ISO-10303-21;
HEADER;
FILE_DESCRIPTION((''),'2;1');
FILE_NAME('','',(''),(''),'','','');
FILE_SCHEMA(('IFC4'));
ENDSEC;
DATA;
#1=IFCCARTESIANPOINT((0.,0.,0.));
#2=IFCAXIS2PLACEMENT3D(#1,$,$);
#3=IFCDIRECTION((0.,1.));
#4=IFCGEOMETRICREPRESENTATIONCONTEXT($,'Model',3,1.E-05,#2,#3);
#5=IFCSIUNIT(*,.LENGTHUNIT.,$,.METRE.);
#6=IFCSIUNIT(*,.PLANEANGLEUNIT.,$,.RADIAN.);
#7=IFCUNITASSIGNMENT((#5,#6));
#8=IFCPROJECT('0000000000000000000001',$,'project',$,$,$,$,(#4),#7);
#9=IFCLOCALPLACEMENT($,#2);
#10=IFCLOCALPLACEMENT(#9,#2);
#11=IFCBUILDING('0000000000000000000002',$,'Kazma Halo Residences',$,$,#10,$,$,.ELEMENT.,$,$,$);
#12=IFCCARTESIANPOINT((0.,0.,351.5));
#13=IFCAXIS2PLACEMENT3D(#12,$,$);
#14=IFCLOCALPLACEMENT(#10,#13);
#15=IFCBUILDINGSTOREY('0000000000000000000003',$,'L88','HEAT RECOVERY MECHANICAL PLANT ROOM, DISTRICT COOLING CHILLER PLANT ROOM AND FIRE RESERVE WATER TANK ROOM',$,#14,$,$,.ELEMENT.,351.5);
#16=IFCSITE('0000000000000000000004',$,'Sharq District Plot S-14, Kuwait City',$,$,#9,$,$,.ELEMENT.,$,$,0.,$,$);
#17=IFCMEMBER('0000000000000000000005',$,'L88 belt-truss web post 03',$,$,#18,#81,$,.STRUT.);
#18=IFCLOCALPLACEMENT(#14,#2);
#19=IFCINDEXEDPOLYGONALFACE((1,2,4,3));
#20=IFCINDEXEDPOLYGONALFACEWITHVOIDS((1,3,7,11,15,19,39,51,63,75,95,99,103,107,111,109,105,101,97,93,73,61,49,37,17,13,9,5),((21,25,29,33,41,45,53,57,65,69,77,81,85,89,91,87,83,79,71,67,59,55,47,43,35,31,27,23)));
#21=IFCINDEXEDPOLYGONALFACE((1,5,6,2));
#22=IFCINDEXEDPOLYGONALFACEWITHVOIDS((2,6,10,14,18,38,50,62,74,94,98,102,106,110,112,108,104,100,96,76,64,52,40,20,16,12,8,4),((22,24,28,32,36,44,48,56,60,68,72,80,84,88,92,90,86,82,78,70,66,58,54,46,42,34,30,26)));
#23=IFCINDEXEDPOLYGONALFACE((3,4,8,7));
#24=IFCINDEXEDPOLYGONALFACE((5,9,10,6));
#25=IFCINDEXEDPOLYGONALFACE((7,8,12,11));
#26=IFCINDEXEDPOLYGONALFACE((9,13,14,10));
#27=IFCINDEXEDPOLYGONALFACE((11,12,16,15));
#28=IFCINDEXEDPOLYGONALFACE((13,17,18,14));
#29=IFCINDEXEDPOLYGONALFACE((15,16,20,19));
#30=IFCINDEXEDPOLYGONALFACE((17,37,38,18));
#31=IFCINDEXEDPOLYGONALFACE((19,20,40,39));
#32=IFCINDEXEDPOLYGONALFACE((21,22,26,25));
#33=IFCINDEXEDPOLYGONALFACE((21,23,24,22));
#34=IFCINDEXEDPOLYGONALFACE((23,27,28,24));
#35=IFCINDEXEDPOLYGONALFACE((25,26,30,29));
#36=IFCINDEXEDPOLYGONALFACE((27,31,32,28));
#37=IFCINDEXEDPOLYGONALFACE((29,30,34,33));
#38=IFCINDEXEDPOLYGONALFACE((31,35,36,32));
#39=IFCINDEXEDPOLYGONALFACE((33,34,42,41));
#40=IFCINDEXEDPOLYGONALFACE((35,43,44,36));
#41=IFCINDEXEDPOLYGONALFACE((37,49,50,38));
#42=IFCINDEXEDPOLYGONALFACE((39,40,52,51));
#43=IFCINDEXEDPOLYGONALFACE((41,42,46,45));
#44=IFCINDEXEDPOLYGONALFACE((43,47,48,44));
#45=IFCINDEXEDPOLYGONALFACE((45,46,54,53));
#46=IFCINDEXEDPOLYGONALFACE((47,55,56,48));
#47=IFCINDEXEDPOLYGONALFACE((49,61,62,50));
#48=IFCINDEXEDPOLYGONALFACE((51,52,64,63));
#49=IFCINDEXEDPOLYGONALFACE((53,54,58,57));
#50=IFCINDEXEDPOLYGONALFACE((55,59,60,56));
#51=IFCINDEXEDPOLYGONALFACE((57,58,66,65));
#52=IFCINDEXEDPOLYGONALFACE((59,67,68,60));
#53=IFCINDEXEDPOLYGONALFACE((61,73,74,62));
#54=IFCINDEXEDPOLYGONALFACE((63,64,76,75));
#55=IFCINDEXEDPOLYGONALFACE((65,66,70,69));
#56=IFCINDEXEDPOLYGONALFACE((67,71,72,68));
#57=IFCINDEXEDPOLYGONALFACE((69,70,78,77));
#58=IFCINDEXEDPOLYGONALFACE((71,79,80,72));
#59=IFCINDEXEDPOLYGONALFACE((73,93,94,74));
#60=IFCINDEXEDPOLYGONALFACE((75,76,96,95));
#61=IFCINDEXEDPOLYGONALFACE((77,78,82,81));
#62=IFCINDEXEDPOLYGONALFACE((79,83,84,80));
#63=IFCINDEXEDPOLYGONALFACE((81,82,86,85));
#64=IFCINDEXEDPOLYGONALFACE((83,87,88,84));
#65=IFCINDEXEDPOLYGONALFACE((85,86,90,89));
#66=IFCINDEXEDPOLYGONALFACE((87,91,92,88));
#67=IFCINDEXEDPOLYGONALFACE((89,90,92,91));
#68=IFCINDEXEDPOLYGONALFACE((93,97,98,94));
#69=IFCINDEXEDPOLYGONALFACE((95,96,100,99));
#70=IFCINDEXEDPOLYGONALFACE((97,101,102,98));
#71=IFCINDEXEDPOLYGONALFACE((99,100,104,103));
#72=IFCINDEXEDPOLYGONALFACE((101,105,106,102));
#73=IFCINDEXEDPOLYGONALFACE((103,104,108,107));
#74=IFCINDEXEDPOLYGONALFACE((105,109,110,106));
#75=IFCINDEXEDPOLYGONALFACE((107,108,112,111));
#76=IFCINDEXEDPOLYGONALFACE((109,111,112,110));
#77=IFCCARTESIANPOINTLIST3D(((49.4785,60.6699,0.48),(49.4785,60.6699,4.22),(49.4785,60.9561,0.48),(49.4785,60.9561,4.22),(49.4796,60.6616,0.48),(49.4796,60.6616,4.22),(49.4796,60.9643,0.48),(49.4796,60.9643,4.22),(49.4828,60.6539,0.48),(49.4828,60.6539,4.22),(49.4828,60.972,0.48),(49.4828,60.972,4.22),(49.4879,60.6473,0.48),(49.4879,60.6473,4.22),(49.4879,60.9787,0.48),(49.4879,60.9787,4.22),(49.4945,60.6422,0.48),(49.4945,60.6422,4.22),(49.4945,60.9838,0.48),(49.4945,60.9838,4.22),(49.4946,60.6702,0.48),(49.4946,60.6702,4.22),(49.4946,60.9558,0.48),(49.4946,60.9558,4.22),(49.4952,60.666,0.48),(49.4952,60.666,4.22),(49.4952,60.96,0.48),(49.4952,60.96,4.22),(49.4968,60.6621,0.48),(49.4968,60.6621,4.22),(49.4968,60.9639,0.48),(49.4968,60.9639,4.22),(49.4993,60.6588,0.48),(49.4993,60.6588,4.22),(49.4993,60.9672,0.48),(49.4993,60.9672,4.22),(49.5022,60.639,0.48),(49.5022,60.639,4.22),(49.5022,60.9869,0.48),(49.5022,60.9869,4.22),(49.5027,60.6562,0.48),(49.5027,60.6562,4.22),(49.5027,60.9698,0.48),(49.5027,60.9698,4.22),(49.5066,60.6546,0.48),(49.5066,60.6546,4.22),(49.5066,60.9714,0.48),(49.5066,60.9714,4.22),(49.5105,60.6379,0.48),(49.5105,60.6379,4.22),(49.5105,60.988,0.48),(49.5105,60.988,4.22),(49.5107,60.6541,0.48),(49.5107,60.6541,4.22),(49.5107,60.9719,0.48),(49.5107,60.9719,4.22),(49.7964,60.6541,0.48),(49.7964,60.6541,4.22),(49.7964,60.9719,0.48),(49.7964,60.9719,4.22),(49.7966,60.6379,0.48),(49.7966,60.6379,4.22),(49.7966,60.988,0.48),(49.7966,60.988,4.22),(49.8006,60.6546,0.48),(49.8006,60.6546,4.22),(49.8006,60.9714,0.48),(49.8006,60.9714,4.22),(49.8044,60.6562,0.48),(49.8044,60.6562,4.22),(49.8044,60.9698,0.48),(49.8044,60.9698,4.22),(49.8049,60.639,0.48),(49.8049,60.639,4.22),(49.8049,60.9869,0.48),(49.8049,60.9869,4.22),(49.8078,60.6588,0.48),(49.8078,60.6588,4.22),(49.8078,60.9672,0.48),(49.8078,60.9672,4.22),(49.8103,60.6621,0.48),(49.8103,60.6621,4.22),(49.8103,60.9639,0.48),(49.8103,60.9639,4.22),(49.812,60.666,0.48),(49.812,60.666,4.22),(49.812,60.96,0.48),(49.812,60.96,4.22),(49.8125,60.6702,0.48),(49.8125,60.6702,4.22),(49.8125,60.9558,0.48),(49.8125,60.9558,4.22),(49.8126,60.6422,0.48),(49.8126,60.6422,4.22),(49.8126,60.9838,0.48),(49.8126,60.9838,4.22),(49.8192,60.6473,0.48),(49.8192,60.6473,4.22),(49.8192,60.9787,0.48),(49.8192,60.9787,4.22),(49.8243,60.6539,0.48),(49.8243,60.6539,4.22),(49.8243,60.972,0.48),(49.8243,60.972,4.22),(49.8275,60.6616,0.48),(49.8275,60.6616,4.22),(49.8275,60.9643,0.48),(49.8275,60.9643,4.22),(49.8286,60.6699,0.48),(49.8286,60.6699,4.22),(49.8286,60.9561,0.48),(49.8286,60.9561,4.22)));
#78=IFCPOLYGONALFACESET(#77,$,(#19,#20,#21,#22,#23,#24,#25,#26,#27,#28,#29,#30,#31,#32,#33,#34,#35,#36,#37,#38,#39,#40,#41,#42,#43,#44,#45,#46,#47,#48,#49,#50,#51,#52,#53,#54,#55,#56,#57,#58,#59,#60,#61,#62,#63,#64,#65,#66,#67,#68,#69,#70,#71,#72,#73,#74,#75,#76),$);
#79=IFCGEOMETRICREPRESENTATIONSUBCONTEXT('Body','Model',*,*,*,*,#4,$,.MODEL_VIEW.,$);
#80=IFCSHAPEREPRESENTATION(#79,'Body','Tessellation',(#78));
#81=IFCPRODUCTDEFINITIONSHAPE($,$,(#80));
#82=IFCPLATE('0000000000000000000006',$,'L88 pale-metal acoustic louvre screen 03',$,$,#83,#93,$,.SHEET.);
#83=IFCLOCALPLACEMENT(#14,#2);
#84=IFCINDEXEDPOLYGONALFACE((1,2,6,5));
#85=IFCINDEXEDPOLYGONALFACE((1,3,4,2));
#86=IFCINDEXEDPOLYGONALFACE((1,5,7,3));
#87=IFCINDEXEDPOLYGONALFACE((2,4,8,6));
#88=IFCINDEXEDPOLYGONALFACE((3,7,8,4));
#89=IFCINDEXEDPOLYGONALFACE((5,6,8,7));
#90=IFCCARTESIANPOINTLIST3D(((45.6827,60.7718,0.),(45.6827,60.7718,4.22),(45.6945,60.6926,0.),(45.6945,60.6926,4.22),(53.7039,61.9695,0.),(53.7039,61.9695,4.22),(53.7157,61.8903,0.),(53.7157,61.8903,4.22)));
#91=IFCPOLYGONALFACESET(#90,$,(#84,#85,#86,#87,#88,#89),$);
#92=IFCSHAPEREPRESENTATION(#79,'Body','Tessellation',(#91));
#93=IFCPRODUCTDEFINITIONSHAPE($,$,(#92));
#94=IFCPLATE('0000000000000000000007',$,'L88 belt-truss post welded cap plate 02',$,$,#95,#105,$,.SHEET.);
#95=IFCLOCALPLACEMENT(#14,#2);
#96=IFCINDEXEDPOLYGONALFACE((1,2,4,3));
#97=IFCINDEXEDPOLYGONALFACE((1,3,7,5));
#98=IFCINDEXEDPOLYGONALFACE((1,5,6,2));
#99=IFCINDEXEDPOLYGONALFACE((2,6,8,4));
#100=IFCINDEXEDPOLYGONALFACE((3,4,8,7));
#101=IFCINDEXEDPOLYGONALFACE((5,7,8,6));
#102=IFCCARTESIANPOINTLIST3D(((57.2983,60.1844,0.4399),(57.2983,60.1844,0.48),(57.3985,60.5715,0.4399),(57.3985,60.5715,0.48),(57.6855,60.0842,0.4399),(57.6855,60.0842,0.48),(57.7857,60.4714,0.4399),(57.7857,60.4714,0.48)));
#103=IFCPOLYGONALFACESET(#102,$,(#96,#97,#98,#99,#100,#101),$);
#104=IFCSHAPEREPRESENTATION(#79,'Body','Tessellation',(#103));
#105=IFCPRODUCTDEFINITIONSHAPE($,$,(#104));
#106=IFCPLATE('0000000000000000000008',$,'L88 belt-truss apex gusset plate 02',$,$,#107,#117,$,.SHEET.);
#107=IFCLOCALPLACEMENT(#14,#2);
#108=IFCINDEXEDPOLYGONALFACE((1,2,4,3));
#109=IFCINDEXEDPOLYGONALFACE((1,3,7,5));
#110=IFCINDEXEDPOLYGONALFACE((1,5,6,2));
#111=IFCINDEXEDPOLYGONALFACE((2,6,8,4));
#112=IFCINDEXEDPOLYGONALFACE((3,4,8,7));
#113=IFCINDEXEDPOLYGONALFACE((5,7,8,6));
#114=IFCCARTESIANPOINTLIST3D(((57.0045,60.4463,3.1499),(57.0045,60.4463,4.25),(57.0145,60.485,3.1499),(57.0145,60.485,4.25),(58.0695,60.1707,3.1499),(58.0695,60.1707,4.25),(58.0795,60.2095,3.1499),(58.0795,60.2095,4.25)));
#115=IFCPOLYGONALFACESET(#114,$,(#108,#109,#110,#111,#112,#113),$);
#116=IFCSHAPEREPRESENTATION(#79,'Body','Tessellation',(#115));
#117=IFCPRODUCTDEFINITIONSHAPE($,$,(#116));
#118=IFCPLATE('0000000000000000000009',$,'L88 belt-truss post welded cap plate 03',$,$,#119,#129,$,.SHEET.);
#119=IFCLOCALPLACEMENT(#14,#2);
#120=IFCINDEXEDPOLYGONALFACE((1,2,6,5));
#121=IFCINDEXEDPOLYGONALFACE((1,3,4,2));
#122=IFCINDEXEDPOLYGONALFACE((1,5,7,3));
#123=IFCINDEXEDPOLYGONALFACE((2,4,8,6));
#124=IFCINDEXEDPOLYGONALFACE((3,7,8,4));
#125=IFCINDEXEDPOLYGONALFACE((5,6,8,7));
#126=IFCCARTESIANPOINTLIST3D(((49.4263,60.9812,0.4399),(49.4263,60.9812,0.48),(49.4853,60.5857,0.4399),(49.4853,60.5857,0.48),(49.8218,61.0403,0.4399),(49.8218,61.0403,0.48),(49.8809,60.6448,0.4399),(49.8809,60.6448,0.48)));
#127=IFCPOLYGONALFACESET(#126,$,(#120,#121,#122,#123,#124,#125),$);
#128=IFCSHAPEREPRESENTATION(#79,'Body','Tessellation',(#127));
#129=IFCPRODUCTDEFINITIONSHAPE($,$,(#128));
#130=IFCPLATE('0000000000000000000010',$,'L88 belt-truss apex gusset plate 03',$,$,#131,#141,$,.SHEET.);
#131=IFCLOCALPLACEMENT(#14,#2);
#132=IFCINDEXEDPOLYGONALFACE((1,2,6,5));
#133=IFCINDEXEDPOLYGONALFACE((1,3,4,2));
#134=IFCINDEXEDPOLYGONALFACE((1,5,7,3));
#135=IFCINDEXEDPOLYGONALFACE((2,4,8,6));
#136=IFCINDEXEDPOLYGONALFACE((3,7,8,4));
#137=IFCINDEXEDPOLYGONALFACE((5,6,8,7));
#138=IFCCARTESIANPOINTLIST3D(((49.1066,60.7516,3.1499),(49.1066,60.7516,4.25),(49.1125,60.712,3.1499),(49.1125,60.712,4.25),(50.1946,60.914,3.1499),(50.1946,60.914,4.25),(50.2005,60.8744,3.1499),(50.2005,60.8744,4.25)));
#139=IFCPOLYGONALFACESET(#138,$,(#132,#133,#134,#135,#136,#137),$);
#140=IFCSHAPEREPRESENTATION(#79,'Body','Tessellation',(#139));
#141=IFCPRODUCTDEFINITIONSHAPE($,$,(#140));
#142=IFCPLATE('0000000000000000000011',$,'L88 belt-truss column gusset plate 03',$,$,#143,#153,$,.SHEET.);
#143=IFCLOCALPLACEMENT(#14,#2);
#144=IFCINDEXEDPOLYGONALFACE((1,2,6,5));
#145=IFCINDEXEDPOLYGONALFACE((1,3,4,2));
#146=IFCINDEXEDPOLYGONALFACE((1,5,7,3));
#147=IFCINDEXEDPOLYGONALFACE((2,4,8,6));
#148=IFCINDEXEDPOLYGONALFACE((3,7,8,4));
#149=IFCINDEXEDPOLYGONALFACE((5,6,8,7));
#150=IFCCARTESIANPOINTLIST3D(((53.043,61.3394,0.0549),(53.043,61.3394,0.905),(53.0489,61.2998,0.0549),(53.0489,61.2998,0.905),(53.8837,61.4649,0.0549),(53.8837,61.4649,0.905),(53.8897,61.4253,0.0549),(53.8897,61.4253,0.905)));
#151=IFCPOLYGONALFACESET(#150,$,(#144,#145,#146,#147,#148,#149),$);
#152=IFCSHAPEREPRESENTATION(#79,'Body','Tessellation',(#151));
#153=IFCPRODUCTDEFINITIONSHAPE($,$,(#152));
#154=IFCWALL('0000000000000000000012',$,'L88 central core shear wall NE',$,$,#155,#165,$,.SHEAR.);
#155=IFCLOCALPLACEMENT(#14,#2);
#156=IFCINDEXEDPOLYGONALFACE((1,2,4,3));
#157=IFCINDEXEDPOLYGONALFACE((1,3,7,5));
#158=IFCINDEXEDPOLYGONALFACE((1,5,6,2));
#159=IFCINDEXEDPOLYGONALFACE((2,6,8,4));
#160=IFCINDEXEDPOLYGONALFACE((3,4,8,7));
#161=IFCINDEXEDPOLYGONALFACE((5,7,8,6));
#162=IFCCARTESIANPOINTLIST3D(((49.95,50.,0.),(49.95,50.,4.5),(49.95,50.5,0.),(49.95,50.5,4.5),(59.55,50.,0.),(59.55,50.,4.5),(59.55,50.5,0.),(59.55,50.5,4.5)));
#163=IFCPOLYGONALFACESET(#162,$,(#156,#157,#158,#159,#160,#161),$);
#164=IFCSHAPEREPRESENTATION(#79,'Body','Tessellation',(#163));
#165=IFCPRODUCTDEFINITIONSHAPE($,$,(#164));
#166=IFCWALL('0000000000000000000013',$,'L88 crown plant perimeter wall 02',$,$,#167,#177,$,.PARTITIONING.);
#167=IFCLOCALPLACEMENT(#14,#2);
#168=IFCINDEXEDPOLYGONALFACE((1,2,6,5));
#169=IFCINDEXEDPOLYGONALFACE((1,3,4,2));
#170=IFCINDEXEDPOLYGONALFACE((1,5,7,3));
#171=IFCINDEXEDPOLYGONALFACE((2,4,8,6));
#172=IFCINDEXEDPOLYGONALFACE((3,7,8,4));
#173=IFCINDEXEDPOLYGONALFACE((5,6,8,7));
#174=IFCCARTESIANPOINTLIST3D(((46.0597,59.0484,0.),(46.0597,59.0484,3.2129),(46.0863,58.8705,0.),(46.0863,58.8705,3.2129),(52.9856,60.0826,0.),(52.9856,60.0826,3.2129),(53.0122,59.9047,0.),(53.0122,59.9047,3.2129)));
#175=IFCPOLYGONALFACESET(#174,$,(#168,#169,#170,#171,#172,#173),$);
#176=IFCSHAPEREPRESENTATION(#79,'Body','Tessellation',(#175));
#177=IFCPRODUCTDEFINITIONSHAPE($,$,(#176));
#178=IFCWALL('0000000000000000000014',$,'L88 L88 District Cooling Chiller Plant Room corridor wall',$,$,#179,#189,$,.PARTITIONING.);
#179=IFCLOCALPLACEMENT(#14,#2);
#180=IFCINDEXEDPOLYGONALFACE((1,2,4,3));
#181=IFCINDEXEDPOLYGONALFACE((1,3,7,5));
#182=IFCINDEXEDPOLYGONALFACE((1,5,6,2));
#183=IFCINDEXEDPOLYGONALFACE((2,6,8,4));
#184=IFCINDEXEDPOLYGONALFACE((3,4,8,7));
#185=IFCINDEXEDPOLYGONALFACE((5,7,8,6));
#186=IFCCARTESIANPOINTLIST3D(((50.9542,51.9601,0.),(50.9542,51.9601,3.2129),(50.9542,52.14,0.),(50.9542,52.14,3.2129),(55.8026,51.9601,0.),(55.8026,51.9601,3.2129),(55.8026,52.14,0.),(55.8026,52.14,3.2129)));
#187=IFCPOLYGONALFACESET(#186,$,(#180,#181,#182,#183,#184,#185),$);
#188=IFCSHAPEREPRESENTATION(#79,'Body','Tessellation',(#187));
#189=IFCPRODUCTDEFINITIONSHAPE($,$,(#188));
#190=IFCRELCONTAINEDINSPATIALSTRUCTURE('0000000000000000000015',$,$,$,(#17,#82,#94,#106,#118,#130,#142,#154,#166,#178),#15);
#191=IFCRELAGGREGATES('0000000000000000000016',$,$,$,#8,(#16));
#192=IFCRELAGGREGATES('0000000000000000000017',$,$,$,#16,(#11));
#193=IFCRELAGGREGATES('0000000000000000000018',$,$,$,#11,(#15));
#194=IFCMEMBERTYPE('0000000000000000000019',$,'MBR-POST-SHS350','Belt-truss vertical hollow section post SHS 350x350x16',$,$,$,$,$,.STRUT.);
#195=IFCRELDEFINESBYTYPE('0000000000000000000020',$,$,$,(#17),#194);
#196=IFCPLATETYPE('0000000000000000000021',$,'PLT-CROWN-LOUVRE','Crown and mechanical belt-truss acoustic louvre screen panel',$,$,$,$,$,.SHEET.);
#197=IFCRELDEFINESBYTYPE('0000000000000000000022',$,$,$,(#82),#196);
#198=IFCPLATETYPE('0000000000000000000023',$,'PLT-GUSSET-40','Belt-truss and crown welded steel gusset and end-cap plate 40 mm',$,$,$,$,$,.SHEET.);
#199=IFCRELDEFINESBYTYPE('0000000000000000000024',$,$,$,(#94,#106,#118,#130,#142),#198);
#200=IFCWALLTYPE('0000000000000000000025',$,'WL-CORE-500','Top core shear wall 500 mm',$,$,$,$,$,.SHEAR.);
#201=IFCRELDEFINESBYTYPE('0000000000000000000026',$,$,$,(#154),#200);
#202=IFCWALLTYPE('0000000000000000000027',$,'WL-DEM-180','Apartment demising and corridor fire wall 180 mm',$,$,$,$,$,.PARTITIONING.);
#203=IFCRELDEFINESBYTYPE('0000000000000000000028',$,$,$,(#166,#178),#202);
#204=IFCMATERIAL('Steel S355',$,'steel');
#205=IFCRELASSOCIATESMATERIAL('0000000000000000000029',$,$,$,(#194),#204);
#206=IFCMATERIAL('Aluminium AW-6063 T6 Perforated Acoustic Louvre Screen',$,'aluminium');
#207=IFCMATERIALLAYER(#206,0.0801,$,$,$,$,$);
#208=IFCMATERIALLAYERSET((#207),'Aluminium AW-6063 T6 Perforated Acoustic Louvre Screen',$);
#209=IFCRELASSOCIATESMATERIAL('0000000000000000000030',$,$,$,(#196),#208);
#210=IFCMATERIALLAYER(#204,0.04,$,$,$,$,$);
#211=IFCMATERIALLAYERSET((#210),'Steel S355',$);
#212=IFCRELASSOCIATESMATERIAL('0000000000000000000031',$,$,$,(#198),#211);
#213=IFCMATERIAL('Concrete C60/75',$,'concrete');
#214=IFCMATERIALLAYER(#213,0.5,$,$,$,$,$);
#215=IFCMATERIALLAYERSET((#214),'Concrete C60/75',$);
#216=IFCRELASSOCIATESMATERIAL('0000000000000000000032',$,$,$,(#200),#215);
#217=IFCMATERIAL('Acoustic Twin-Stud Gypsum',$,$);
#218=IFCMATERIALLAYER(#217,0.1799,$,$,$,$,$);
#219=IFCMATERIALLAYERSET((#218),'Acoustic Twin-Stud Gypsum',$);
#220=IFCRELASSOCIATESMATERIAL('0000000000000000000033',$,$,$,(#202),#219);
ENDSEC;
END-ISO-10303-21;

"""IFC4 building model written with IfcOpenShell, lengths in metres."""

from ifc_helpers import new_model, si_unit, direction, frame, frame_2d, origin, origin_2d, place, context, subcontext, project, spatial, rectangle, hollow_rectangle, extrude, material, layer, layer_set, material_profile, profile_set, type_object, element, save


model = new_model("IFC4")

# Units and contexts
model_context = context("Model", 3, precision=1e-05, world=origin(), true_north=direction((0.0, 1.0)))
body_context = subcontext(model_context, "Body", "Model", "MODEL_VIEW")
ifc_project = project(units=[si_unit("LENGTHUNIT", "METRE"), si_unit("PLANEANGLEUNIT", "RADIAN")], contexts=[model_context])

# Site, building, storey
site_placement = place(None, origin())
site = spatial("IfcSite", under=ifc_project, at=site_placement, Name="Sharq District Plot S-14, Kuwait City", CompositionType="ELEMENT", RefElevation=0.0)
building_placement = place(site_placement, origin())
building = spatial("IfcBuilding", under=site, at=building_placement, Name="Kazma Halo Residences", CompositionType="ELEMENT")
storey_placement = place(building_placement, frame((0.0, 0.0, 351.5)))
storey = spatial("IfcBuildingStorey", under=building, at=storey_placement, Name="L88", Description="HEAT RECOVERY MECHANICAL PLANT ROOM, DISTRICT COOLING CHILLER PLANT ROOM AND FIRE RESERVE WATER TANK ROOM", CompositionType="ELEMENT", Elevation=351.5)

# Shared definitions
ifc_material_1 = material(Name="Steel S355", Category="steel")

# Member
ifc_material_profile_1 = material_profile(ifc_material_1, hollow_rectangle(XDim=0.3501, YDim=0.3501, WallThickness=0.0161, InnerFilletRadius=0.0161, OuterFilletRadius=0.032, at=origin_2d()), Name="SHS350x350x16")
ifc_profile_set_1 = profile_set([ifc_material_profile_1], Name="Steel S355")
member_type_1 = type_object("IfcMemberType", Name="MBR-POST-SHS350", Description="Belt-truss vertical hollow section post SHS 350x350x16", PredefinedType="STRUT", material=ifc_profile_set_1)
for number, where, z_axis, x_axis, name in (
    (1, (49.6536, 60.813, 0.48), (0.0, 0.0, 1.0), (1.0, 0.0, 0.0), "L88 belt-truss web post 03"),
):
    element("IfcMember", number, at=place(storey_placement, frame(where, z_axis=z_axis, x_axis=x_axis)), inside=storey, type_object=member_type_1, Name=name, PredefinedType="STRUT", context=body_context, shape_type="SweptSolid", body=[
        extrude(hollow_rectangle(XDim=0.3501, YDim=0.3501, WallThickness=0.0161, InnerFilletRadius=0.0161, OuterFilletRadius=0.032, at=origin_2d()), origin(), (0.0, 0.0, 1.0), 3.74),
    ])

# Plates
ifc_material_2 = material(Name="Aluminium AW-6063 T6 Perforated Acoustic Louvre Screen", Category="aluminium")
ifc_layer_1 = layer(ifc_material_2, 0.0801)
ifc_layer_set_1 = layer_set([ifc_layer_1], Name="Aluminium AW-6063 T6 Perforated Acoustic Louvre Screen")
plate_type_1 = type_object("IfcPlateType", Name="PLT-CROWN-LOUVRE", Description="Crown and mechanical belt-truss acoustic louvre screen panel", PredefinedType="SHEET", material=ifc_layer_set_1)
plate_1_placement = place(storey_placement, frame((49.6992, 61.3311, 0.0), z_axis=(0.0, 0.0, 1.0), x_axis=(-0.989034, -0.147687, 0.0)))
element("IfcPlate", 2, at=plate_1_placement, inside=storey, type_object=plate_type_1, Name="L88 pale-metal acoustic louvre screen 03", PredefinedType="SHEET", context=body_context, shape_type="SweptSolid", body=[
    extrude(rectangle(XDim=8.1101, YDim=0.0801, at=origin_2d()), origin(), (0.0, 0.0, 1.0), 4.22),
])
ifc_layer_2 = layer(ifc_material_1, 0.04)
ifc_layer_set_2 = layer_set([ifc_layer_2], Name="Steel S355")
plate_type_2 = type_object("IfcPlateType", Name="PLT-GUSSET-40", Description="Belt-truss and crown welded steel gusset and end-cap plate 40 mm", PredefinedType="SHEET", material=ifc_layer_set_2)
plate_2_placement = place(storey_placement, frame((57.542, 60.3279, 0.4399), z_axis=(0.0, 0.0, 1.0), x_axis=(-0.968124, 0.25047, 0.0)))
element("IfcPlate", 3, at=plate_2_placement, inside=storey, type_object=plate_type_2, Name="L88 belt-truss post welded cap plate 02", PredefinedType="SHEET", context=body_context, shape_type="SweptSolid", body=[
    extrude(rectangle(XDim=0.3999, YDim=0.3999, at=origin_2d()), origin(), (0.0, 0.0, 1.0), 0.04),
])
plate_3_placement = place(storey_placement, frame((57.542, 60.3279, 3.1499), z_axis=(0.0, 0.0, 1.0), x_axis=(-0.968124, 0.25047, 0.0)))
element("IfcPlate", 4, at=plate_3_placement, inside=storey, type_object=plate_type_2, Name="L88 belt-truss apex gusset plate 02", PredefinedType="SHEET", context=body_context, shape_type="SweptSolid", body=[
    extrude(rectangle(XDim=1.1001, YDim=0.04, at=origin_2d()), origin(), (0.0, 0.0, 1.0), 1.1001),
])
plate_4_placement = place(storey_placement, frame((49.6536, 60.813, 0.4399), z_axis=(0.0, 0.0, 1.0), x_axis=(-0.989034, -0.147687, 0.0)))
element("IfcPlate", 5, at=plate_4_placement, inside=storey, type_object=plate_type_2, Name="L88 belt-truss post welded cap plate 03", PredefinedType="SHEET", context=body_context, shape_type="SweptSolid", body=[
    extrude(rectangle(XDim=0.3999, YDim=0.3999, at=origin_2d()), origin(), (0.0, 0.0, 1.0), 0.04),
])
plate_5_placement = place(storey_placement, frame((49.6536, 60.813, 3.1499), z_axis=(0.0, 0.0, 1.0), x_axis=(-0.989034, -0.147687, 0.0)))
element("IfcPlate", 6, at=plate_5_placement, inside=storey, type_object=plate_type_2, Name="L88 belt-truss apex gusset plate 03", PredefinedType="SHEET", context=body_context, shape_type="SweptSolid", body=[
    extrude(rectangle(XDim=1.1001, YDim=0.04, at=origin_2d()), origin(), (0.0, 0.0, 1.0), 1.1001),
])
plate_6_placement = place(storey_placement, frame((53.4663, 61.3823, 0.0549), z_axis=(0.0, 0.0, 1.0), x_axis=(-0.989034, -0.147687, 0.0)))
element("IfcPlate", 7, at=plate_6_placement, inside=storey, type_object=plate_type_2, Name="L88 belt-truss column gusset plate 03", PredefinedType="SHEET", context=body_context, shape_type="SweptSolid", body=[
    extrude(rectangle(XDim=0.8501, YDim=0.04, at=origin_2d()), origin(), (0.0, 0.0, 1.0), 0.8501),
])

# Walls
ifc_material_3 = material(Name="Concrete C60/75", Category="concrete")
ifc_layer_3 = layer(ifc_material_3, 0.5)
ifc_layer_set_3 = layer_set([ifc_layer_3], Name="Concrete C60/75")
wall_type_1 = type_object("IfcWallType", Name="WL-CORE-500", Description="Top core shear wall 500 mm", PredefinedType="SHEAR", material=ifc_layer_set_3)
wall_1_placement = place(storey_placement, frame((49.95, 50.25, 0.0), z_axis=(0.0, 0.0, 1.0), x_axis=(1.0, 0.0, 0.0)))
element("IfcWall", 8, at=wall_1_placement, inside=storey, type_object=wall_type_1, Name="L88 central core shear wall NE", PredefinedType="SHEAR", context=body_context, shape_type="SweptSolid", body=[
    extrude(rectangle(XDim=9.6001, YDim=0.5, at=frame_2d((4.8, 0.0))), origin(), (0.0, 0.0, 1.0), 4.5),
])
ifc_material_4 = material(Name="Acoustic Twin-Stud Gypsum")
ifc_layer_4 = layer(ifc_material_4, 0.1799)
ifc_layer_set_4 = layer_set([ifc_layer_4], Name="Acoustic Twin-Stud Gypsum")
wall_type_2 = type_object("IfcWallType", Name="WL-DEM-180", Description="Apartment demising and corridor fire wall 180 mm", PredefinedType="PARTITIONING", material=ifc_layer_set_4)
wall_2_placement = place(storey_placement, frame((52.999, 59.9937, 0.0), z_axis=(0.0, 0.0, 1.0), x_axis=(-0.989034, -0.147686, 0.0)))
element("IfcWall", 9, at=wall_2_placement, inside=storey, type_object=wall_type_2, Name="L88 crown plant perimeter wall 02", PredefinedType="PARTITIONING", context=body_context, shape_type="SweptSolid", body=[
    extrude(rectangle(XDim=7.0027, YDim=0.1799, at=frame_2d((3.5015, 0.0))), origin(), (0.0, 0.0, 1.0), 3.2129),
])
wall_3_placement = place(storey_placement, frame((55.8027, 52.05, 0.0), z_axis=(0.0, 0.0, 1.0), x_axis=(-1.0, 0.0, 0.0)))
element("IfcWall", 10, at=wall_3_placement, inside=storey, type_object=wall_type_2, Name="L88 L88 District Cooling Chiller Plant Room corridor wall", PredefinedType="PARTITIONING", context=body_context, shape_type="SweptSolid", body=[
    extrude(rectangle(XDim=4.8484, YDim=0.1799, at=frame_2d((2.4243, 0.0))), origin(), (0.0, 0.0, 1.0), 3.2129),
])

save(model, "model.ifc")
